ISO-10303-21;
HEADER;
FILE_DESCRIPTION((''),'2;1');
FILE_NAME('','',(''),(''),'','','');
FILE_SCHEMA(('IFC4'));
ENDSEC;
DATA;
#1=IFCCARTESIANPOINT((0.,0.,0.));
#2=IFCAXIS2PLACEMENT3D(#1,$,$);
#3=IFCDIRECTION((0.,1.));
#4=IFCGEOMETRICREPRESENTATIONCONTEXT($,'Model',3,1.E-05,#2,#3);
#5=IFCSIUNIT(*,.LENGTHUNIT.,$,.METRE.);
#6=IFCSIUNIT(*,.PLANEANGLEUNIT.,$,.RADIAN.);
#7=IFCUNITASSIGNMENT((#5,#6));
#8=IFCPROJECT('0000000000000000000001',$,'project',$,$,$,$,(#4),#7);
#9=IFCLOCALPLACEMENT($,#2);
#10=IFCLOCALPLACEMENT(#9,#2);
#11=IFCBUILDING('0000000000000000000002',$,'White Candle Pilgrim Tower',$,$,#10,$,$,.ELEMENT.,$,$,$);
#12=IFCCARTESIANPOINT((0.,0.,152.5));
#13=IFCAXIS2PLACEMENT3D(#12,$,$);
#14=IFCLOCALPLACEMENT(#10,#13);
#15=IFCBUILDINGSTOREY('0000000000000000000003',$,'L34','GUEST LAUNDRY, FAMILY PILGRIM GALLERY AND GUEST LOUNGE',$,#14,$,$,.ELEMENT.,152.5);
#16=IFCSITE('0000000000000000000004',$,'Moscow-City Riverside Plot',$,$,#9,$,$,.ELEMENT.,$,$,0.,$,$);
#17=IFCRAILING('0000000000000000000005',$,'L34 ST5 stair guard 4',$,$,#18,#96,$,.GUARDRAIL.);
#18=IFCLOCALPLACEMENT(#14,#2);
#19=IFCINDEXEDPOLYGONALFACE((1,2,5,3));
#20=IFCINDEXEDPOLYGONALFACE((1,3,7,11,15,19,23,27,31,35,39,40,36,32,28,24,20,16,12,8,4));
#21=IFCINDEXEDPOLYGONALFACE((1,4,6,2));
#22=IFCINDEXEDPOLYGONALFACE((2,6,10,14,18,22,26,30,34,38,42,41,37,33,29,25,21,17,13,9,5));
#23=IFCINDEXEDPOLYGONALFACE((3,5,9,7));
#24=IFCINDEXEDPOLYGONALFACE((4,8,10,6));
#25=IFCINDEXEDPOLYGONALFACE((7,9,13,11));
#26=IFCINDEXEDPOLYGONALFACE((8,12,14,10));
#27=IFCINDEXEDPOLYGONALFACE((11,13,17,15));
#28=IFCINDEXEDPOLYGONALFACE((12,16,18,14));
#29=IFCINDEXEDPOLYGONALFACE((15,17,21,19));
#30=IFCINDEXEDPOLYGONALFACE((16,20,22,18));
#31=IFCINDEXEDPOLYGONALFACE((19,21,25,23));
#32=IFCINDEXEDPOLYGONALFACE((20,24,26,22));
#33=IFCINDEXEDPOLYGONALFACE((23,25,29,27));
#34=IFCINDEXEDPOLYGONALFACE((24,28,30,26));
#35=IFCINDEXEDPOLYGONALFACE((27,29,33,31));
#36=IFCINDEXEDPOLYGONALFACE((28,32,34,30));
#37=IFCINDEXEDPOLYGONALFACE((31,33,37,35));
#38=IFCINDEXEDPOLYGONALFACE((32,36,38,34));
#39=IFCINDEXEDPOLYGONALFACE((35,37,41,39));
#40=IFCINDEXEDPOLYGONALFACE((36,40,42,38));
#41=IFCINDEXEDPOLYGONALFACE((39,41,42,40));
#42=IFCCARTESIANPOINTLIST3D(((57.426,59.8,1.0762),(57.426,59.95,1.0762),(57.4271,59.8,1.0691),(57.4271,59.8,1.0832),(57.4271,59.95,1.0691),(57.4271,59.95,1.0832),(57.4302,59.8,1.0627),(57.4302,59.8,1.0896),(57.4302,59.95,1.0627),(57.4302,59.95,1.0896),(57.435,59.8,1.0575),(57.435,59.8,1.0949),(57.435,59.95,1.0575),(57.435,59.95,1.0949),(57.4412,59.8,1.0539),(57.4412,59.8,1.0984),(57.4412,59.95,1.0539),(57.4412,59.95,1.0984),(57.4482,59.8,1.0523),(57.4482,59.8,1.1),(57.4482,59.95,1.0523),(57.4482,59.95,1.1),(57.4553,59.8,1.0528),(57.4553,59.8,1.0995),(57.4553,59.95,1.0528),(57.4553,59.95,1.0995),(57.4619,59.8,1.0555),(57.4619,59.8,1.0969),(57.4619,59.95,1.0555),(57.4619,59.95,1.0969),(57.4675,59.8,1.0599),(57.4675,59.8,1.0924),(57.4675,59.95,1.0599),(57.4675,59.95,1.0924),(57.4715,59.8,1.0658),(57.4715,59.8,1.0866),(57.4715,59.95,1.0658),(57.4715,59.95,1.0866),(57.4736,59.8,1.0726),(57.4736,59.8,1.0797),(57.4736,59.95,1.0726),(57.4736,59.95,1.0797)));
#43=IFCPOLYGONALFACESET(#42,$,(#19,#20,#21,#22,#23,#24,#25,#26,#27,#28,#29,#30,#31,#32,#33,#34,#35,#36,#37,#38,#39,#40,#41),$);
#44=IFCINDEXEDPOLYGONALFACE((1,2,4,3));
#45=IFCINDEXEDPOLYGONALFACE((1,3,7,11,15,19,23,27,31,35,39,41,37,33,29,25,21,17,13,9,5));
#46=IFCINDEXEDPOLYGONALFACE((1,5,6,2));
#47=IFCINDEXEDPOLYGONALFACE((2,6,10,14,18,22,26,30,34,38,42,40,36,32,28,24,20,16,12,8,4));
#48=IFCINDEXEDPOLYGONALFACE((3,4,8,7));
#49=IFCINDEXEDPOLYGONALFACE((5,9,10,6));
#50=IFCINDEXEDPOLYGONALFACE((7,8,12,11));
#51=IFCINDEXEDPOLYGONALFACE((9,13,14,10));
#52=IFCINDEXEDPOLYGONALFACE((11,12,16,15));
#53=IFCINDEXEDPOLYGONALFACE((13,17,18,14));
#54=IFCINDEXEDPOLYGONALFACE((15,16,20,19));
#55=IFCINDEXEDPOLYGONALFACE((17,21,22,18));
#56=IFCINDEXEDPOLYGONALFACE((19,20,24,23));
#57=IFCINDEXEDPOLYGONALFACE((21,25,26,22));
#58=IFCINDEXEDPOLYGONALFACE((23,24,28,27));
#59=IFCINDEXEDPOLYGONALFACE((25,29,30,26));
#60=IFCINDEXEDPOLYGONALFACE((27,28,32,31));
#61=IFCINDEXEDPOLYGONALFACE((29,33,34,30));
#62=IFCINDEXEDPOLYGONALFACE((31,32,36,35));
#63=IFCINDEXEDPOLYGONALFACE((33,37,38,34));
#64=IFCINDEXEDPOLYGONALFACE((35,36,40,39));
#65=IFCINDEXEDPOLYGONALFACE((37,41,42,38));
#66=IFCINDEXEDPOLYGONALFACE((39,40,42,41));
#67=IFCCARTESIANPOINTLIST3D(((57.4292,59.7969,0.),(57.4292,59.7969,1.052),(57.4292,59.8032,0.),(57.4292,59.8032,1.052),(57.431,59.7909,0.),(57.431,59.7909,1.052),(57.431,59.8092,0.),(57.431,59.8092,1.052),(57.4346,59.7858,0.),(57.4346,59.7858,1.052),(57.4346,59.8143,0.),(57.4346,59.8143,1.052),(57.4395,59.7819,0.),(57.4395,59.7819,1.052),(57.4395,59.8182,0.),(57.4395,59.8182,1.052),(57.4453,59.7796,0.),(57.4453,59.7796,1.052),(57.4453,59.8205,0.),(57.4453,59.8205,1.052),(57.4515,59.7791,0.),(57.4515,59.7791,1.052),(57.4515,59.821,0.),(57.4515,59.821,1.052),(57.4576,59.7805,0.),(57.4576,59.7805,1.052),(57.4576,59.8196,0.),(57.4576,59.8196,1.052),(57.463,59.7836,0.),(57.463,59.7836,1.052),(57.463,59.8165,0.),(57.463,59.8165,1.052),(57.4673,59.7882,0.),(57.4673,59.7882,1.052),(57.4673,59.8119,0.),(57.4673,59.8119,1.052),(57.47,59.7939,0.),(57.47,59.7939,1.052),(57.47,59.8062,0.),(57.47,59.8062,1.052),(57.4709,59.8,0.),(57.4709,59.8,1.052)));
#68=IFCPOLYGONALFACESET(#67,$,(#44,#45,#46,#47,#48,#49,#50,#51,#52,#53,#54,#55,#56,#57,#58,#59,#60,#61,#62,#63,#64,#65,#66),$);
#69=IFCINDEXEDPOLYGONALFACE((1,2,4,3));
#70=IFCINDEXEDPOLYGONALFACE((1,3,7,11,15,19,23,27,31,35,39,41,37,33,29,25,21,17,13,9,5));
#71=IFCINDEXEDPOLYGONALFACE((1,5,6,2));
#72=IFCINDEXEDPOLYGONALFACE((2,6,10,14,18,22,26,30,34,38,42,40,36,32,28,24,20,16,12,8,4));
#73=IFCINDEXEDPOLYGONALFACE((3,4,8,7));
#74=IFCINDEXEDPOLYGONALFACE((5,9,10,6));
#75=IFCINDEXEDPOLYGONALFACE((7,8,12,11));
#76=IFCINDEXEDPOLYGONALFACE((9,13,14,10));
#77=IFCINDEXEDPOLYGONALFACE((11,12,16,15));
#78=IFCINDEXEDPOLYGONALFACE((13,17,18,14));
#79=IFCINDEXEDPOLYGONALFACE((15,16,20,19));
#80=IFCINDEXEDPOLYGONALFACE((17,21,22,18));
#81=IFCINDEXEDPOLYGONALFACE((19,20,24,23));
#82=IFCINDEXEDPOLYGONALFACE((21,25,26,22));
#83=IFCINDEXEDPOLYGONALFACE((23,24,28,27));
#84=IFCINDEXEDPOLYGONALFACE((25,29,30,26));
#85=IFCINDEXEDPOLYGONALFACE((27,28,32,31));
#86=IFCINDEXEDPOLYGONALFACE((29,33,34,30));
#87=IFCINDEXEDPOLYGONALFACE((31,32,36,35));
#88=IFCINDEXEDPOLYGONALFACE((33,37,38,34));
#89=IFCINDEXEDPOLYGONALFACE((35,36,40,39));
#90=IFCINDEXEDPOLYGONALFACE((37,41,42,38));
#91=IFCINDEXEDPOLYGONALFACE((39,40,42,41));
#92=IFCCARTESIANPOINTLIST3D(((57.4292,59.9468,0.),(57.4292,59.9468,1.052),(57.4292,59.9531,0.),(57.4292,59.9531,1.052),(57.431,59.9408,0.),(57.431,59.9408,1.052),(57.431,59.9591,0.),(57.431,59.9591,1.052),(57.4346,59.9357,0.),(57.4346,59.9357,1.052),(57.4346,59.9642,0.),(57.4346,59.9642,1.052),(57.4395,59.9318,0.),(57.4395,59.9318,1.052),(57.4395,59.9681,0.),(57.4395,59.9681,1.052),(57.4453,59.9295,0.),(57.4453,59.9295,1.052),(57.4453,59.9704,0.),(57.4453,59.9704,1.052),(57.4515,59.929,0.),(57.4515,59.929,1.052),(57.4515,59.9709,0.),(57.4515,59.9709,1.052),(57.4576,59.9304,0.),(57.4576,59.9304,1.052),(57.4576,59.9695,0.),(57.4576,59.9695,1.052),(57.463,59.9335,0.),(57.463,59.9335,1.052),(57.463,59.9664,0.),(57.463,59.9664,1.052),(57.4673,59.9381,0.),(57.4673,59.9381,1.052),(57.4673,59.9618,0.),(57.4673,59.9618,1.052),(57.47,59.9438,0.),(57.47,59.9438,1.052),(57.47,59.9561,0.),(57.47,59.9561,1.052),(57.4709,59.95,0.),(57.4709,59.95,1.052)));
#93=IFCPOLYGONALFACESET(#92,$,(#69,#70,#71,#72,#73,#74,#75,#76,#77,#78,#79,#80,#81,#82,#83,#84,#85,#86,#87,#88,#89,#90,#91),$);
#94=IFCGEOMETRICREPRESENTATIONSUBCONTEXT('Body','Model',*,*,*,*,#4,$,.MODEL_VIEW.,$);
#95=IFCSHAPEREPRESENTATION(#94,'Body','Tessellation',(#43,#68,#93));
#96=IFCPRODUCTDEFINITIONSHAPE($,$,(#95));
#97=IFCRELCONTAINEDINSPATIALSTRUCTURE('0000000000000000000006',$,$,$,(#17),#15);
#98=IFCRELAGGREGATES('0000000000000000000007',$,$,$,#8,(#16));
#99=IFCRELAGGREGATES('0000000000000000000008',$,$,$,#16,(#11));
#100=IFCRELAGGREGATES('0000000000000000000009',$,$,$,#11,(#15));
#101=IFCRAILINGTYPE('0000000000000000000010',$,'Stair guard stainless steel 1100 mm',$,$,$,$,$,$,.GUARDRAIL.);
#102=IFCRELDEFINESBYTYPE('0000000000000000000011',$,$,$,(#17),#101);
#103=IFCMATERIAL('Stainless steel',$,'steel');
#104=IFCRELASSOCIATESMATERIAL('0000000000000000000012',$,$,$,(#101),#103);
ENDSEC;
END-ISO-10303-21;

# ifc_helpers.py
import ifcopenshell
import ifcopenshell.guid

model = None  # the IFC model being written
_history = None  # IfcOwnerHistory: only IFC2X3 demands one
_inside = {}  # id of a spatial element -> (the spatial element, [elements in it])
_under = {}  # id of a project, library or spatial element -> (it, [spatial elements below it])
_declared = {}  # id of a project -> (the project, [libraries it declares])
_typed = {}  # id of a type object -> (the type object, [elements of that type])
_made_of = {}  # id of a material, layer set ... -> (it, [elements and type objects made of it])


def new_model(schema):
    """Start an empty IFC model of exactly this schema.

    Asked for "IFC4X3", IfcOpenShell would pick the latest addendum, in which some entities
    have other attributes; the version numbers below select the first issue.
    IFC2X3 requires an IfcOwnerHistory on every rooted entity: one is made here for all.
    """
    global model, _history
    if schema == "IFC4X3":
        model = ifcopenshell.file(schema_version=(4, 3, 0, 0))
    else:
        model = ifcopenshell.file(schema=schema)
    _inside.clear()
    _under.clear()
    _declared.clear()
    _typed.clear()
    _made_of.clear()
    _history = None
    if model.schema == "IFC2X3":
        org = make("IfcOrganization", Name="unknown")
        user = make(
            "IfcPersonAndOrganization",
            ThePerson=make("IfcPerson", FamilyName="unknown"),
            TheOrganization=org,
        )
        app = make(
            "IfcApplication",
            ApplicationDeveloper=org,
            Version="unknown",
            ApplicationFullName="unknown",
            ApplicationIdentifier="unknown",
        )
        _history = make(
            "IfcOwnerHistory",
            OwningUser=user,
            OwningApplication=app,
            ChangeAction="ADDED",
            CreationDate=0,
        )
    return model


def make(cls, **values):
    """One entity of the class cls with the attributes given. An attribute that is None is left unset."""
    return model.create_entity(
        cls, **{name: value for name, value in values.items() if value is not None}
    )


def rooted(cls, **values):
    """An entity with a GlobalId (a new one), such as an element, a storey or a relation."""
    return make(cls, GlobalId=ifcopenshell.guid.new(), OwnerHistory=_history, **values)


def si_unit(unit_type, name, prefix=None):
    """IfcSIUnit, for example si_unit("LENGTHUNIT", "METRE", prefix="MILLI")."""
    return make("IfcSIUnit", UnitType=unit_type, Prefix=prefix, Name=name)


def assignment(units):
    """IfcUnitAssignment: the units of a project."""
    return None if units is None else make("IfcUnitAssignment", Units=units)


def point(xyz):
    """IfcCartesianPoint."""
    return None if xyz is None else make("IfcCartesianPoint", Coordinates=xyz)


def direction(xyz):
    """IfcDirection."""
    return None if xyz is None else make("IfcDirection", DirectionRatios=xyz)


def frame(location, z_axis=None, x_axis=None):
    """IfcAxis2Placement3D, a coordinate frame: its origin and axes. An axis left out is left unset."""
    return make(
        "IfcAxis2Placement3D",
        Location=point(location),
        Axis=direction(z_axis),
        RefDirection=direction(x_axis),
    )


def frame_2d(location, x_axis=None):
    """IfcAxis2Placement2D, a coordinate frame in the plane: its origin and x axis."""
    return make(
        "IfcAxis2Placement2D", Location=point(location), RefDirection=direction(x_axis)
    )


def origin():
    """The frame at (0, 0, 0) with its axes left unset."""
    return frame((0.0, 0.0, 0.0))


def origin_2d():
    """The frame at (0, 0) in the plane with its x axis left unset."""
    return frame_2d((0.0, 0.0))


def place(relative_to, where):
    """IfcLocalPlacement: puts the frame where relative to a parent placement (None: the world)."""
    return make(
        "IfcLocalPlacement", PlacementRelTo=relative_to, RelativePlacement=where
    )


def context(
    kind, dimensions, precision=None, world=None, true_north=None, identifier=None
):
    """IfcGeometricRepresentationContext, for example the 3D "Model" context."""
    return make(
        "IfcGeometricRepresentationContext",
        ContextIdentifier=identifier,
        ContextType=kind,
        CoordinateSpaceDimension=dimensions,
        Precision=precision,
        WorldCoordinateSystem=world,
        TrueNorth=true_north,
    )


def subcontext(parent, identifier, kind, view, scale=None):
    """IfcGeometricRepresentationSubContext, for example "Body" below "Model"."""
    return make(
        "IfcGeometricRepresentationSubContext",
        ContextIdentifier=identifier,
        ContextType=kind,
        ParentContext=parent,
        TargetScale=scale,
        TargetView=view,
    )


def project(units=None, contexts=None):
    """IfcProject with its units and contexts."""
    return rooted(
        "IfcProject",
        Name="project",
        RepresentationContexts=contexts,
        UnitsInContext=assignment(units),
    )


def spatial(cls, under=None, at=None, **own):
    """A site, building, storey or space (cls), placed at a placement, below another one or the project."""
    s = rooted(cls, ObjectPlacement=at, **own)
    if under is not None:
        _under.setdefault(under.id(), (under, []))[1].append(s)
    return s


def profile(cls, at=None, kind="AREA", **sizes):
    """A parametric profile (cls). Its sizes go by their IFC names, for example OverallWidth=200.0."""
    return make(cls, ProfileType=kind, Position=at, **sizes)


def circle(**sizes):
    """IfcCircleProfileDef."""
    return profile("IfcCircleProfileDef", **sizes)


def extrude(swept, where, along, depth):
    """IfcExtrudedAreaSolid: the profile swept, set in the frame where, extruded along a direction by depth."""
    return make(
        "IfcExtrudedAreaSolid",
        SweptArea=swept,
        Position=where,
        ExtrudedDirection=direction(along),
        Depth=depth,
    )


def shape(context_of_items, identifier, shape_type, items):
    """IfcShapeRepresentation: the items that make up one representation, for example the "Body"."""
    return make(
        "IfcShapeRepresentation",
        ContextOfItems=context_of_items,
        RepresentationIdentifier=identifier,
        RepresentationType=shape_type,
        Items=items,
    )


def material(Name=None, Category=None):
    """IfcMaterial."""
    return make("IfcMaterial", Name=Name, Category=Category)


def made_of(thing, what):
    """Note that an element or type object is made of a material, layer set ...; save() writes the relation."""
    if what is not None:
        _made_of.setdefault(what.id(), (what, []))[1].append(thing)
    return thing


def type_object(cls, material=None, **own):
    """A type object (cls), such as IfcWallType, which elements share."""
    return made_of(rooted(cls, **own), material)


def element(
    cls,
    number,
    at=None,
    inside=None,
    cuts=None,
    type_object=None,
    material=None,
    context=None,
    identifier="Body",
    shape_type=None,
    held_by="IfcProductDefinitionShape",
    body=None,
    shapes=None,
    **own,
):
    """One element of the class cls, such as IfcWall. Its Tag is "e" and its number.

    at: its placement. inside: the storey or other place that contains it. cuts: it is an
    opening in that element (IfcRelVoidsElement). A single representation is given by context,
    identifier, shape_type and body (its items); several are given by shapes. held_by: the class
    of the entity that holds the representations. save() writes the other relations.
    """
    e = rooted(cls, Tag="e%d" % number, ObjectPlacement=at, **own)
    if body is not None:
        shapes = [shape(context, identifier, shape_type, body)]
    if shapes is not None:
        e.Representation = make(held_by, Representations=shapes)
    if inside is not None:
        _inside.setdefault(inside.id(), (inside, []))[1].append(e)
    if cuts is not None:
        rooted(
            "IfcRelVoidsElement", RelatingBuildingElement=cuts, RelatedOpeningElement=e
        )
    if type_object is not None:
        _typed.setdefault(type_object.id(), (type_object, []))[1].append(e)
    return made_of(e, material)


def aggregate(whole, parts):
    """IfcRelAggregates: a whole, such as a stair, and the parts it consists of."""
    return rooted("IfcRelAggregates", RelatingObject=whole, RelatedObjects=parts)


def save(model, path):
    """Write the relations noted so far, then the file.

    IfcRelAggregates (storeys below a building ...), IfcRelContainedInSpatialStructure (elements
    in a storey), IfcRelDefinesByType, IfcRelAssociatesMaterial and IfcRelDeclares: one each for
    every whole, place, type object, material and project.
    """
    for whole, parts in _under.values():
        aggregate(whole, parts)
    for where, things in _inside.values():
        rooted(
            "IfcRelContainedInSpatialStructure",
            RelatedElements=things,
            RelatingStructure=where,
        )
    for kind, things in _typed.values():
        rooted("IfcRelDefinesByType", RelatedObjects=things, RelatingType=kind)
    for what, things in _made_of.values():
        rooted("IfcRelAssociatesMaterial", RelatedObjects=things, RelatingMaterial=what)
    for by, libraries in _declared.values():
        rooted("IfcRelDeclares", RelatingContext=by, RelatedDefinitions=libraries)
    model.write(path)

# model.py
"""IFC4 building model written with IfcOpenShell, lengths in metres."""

from ifc_helpers import new_model, si_unit, direction, frame, origin, origin_2d, place, context, subcontext, project, spatial, circle, extrude, material, type_object, element, save


model = new_model("IFC4")

# Units and contexts
model_context = context("Model", 3, precision=1e-05, world=origin(), true_north=direction((0.0, 1.0)))
body_context = subcontext(model_context, "Body", "Model", "MODEL_VIEW")
ifc_project = project(units=[si_unit("LENGTHUNIT", "METRE"), si_unit("PLANEANGLEUNIT", "RADIAN")], contexts=[model_context])

# Site, building, storey
site_placement = place(None, origin())
site = spatial("IfcSite", under=ifc_project, at=site_placement, Name="Moscow-City Riverside Plot", CompositionType="ELEMENT", RefElevation=0.0)
building_placement = place(site_placement, origin())
building = spatial("IfcBuilding", under=site, at=building_placement, Name="White Candle Pilgrim Tower", CompositionType="ELEMENT")
storey_placement = place(building_placement, frame((0.0, 0.0, 152.5)))
storey = spatial("IfcBuildingStorey", under=building, at=storey_placement, Name="L34", Description="GUEST LAUNDRY, FAMILY PILGRIM GALLERY AND GUEST LOUNGE", CompositionType="ELEMENT", Elevation=152.5)

# Railing
ifc_material_1 = material(Name="Stainless steel", Category="steel")
railing_type_1 = type_object("IfcRailingType", Name="Stair guard stainless steel 1100 mm", PredefinedType="GUARDRAIL", material=ifc_material_1)
railing_1_placement = place(storey_placement, frame((57.45, 59.8, 0.0)))
element("IfcRailing", 1, at=railing_1_placement, inside=storey, type_object=railing_type_1, Name="L34 ST5 stair guard 4", PredefinedType="GUARDRAIL", context=body_context, shape_type="SweptSolid", body=[
    extrude(circle(Radius=0.0239, at=origin_2d()), frame((0.0, 0.0, 1.0762), z_axis=(0.0, 1.0, 0.0), x_axis=(-1.0, 0.0, 0.0)), (0.0, 0.0, 1.0), 0.1499),
    extrude(circle(Radius=0.021, at=origin_2d()), origin(), (0.0, 0.0, 1.0), 1.052),
    extrude(circle(Radius=0.021, at=origin_2d()), frame((0.0, 0.1499, 0.0)), (0.0, 0.0, 1.0), 1.052),
])

save(model, "model.ifc")
